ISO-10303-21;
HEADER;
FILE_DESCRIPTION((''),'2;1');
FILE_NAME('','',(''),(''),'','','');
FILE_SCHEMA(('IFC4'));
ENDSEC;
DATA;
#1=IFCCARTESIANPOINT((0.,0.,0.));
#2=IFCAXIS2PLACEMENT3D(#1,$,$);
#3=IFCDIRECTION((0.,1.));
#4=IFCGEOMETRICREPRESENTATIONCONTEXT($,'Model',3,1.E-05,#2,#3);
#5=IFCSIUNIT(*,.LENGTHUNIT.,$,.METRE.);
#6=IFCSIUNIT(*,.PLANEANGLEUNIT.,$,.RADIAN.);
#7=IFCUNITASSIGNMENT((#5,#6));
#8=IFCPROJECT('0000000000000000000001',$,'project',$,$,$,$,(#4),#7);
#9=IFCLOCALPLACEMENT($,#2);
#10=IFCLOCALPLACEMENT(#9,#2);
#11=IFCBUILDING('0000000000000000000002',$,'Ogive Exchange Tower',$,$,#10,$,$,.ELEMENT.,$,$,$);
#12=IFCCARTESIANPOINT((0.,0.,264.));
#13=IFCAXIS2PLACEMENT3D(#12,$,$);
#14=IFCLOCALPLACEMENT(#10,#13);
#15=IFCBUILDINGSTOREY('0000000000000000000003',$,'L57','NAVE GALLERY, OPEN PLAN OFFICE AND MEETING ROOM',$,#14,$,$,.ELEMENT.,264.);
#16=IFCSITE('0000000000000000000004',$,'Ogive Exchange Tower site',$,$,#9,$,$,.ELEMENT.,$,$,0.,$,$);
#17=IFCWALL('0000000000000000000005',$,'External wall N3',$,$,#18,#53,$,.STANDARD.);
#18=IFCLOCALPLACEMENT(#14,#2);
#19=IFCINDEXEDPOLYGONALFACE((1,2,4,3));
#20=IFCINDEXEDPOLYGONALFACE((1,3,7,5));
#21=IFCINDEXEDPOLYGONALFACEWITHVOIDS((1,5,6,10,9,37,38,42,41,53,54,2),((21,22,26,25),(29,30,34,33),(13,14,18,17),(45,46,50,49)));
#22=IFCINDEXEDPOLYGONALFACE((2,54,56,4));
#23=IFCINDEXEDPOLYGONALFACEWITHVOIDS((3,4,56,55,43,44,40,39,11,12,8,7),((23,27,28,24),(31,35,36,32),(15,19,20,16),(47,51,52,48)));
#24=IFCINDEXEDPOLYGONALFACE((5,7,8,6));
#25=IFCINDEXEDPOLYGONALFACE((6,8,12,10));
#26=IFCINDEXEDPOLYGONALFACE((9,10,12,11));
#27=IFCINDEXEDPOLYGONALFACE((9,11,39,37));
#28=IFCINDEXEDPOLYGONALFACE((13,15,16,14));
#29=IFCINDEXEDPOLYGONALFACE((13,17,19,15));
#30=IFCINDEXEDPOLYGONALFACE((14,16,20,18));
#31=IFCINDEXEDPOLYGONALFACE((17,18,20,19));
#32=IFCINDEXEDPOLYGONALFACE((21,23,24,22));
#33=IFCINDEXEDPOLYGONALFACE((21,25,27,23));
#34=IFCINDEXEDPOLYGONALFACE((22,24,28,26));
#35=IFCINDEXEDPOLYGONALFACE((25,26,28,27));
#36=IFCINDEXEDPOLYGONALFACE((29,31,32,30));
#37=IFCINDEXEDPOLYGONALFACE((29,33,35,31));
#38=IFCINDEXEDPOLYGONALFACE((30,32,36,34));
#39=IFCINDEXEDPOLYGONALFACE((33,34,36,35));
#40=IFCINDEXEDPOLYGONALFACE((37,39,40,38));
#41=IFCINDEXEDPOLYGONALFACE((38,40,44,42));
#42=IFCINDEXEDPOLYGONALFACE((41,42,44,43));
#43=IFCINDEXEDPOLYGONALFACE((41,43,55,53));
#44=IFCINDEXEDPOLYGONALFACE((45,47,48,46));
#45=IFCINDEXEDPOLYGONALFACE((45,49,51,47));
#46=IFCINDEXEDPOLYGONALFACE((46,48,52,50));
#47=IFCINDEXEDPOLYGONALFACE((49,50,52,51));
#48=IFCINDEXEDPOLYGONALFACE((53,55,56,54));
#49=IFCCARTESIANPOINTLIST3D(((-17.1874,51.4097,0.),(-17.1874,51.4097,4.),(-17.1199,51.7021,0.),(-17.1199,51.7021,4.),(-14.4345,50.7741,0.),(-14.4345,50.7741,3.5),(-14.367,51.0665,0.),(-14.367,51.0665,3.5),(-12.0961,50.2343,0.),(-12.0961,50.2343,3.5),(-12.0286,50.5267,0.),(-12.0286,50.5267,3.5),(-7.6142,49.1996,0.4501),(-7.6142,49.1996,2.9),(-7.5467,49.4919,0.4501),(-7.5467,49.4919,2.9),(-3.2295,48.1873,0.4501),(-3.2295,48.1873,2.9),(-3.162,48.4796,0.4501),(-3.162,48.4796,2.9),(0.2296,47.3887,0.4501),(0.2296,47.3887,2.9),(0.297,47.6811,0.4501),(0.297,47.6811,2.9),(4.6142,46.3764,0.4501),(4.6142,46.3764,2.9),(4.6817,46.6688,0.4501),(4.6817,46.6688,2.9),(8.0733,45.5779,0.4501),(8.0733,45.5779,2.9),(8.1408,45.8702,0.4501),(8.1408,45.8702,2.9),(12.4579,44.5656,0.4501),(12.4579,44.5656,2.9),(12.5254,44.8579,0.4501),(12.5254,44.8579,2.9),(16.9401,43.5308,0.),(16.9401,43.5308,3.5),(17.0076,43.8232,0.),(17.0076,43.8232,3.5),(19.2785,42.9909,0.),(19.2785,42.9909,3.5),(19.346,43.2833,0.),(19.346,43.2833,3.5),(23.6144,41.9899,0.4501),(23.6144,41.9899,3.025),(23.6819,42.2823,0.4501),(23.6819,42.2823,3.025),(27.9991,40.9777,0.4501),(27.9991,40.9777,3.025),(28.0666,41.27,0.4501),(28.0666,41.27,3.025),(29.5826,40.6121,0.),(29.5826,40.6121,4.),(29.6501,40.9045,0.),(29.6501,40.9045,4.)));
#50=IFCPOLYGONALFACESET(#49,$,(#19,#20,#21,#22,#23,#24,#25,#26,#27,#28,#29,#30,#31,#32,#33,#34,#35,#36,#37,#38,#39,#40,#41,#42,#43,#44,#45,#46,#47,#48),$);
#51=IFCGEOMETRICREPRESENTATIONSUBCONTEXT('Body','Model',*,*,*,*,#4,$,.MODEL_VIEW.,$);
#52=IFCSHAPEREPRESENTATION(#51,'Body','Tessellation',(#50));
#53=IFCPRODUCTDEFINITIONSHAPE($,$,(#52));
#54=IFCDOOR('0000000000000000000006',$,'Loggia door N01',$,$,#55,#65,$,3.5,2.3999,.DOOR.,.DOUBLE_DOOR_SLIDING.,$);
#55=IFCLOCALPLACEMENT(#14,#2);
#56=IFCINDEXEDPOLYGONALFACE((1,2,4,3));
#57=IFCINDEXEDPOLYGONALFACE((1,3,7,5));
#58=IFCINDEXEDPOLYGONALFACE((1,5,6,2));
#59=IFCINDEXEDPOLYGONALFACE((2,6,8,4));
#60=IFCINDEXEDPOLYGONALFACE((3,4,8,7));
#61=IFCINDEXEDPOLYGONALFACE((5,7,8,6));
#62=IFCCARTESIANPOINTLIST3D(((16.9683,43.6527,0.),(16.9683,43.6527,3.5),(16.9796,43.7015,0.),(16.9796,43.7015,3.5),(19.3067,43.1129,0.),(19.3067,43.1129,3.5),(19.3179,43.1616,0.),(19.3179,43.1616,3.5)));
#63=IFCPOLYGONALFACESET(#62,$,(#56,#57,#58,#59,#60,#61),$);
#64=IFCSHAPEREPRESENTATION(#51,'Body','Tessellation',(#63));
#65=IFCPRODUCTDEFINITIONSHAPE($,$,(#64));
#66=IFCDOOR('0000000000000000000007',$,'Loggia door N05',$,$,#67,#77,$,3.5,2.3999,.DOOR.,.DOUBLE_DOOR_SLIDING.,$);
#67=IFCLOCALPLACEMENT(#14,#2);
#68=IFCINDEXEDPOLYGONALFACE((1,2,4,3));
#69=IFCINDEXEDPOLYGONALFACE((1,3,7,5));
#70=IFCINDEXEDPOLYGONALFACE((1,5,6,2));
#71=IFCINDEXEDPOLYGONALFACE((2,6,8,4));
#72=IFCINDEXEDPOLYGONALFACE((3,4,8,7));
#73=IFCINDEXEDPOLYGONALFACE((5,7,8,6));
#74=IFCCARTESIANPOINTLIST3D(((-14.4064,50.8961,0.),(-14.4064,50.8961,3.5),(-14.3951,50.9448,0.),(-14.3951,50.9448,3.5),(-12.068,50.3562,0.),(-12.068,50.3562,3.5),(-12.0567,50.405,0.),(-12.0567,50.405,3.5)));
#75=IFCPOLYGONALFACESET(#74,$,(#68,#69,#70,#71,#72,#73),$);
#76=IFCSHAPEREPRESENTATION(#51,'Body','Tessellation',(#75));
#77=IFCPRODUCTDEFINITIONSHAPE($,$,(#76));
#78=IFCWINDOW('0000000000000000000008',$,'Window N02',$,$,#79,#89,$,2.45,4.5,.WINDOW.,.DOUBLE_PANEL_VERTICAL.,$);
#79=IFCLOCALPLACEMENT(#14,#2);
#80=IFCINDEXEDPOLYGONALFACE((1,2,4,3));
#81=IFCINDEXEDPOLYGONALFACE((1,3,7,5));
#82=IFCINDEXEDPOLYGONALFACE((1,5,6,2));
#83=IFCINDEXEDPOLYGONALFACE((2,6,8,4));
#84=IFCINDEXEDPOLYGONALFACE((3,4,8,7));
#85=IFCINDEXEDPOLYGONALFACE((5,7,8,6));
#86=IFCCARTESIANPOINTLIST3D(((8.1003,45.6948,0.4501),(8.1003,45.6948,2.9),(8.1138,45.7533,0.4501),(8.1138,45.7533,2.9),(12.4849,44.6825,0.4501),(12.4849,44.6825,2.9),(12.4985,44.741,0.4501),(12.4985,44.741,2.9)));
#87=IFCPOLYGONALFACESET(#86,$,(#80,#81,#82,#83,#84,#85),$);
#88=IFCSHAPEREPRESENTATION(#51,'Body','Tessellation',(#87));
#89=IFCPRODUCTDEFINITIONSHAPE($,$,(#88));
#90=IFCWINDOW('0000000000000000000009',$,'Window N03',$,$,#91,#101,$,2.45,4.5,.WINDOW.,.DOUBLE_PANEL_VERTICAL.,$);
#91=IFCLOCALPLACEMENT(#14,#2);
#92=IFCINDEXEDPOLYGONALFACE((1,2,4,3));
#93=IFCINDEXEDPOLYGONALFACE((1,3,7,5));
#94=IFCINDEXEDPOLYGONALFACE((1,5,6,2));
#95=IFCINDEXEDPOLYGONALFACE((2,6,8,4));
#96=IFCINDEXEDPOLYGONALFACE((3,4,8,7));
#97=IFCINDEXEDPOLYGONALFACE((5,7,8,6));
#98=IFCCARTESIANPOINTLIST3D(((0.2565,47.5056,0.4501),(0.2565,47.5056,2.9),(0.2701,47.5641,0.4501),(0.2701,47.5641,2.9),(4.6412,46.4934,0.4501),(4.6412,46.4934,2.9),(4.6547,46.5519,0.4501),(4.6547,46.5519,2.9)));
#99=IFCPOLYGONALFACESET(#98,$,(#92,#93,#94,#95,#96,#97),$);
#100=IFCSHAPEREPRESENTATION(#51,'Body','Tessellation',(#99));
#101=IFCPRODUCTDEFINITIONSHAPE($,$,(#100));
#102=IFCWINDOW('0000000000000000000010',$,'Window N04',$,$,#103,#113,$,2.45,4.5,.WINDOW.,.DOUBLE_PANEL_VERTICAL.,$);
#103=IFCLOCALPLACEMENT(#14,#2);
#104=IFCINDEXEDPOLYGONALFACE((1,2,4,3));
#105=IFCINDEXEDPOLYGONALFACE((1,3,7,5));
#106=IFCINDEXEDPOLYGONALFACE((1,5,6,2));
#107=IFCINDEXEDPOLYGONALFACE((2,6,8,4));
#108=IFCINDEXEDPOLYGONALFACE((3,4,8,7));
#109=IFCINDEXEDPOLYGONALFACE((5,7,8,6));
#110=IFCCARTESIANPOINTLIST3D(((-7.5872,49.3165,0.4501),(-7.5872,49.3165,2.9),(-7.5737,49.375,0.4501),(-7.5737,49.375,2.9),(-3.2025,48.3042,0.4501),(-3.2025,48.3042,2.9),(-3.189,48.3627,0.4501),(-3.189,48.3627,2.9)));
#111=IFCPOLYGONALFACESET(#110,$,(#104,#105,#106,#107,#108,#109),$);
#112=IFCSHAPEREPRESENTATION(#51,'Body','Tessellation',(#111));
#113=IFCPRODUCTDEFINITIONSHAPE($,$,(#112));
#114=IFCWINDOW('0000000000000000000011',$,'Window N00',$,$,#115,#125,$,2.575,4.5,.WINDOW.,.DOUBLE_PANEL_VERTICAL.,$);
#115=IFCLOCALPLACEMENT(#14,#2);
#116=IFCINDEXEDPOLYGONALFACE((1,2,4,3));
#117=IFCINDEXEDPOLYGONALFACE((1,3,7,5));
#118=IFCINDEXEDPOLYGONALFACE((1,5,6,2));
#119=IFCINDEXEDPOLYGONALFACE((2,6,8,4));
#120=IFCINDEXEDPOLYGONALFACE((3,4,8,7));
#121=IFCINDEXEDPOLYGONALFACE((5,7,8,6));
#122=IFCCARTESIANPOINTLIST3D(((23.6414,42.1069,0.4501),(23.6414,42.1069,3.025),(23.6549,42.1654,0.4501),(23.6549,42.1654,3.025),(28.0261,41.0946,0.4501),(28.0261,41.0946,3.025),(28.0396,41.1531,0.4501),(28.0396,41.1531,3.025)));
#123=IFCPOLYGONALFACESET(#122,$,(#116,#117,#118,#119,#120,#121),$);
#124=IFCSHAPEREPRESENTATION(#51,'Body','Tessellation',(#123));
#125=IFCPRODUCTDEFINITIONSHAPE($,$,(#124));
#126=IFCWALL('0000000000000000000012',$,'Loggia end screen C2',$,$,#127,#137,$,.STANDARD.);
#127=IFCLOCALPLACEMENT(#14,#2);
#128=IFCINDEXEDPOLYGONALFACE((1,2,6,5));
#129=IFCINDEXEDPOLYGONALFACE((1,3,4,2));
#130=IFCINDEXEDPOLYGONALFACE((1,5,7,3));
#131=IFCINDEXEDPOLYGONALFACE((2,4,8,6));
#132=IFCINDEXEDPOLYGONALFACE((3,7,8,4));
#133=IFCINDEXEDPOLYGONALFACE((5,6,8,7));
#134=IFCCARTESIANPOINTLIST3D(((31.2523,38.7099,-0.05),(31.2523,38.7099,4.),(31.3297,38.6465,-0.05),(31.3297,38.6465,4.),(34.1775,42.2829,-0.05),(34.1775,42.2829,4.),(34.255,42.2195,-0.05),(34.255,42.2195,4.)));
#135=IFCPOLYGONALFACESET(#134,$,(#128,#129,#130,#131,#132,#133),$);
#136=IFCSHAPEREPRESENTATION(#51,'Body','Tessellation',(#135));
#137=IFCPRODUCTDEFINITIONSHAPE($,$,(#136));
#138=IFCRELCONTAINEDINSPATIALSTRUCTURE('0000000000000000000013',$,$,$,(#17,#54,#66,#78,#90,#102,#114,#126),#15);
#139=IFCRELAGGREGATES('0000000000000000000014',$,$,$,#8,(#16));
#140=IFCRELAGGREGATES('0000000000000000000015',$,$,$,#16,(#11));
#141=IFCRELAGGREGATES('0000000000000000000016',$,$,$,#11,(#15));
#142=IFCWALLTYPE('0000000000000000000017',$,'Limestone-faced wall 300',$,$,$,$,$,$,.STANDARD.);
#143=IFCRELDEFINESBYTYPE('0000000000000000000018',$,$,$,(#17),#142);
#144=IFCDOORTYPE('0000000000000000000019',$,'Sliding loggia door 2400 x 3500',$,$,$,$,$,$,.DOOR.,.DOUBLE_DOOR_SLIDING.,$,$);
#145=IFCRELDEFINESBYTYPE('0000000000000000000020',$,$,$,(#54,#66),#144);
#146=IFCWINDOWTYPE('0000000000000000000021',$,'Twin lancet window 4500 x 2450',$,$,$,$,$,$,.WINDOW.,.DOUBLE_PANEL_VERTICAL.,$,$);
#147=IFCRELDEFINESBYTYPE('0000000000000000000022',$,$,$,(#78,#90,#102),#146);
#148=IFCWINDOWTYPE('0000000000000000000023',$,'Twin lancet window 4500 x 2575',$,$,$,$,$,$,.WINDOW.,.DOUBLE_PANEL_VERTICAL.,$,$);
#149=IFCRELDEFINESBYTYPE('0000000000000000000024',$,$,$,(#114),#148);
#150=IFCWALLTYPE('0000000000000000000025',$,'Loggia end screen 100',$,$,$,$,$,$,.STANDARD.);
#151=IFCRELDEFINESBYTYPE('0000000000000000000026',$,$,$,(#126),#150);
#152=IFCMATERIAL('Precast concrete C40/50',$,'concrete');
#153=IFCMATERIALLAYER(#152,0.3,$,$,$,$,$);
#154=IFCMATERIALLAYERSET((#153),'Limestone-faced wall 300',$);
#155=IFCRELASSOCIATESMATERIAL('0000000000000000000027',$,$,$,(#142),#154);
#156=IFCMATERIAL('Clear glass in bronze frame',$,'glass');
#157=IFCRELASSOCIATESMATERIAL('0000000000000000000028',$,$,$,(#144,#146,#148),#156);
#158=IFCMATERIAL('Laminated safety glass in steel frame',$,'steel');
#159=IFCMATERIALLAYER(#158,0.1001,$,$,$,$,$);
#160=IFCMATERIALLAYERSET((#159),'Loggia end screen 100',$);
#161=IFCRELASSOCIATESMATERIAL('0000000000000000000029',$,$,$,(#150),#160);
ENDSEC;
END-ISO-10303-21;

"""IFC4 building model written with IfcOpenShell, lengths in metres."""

from ifc_helpers import new_model, si_unit, direction, frame, frame_2d, origin, place, context, subcontext, project, spatial, rectangle, extrude, material, layer, layer_set, type_object, element, fill, save


model = new_model("IFC4")

# Units and contexts
model_context = context("Model", 3, precision=1e-05, world=origin(), true_north=direction((0.0, 1.0)))
body_context = subcontext(model_context, "Body", "Model", "MODEL_VIEW")
ifc_project = project(units=[si_unit("LENGTHUNIT", "METRE"), si_unit("PLANEANGLEUNIT", "RADIAN")], contexts=[model_context])

# Site, building, storey
site_placement = place(None, origin())
site = spatial("IfcSite", under=ifc_project, at=site_placement, Name="Ogive Exchange Tower site", CompositionType="ELEMENT", RefElevation=0.0)
building_placement = place(site_placement, origin())
building = spatial("IfcBuilding", under=site, at=building_placement, Name="Ogive Exchange Tower", CompositionType="ELEMENT")
storey_placement = place(building_placement, frame((0.0, 0.0, 264.0)))
storey = spatial("IfcBuildingStorey", under=building, at=storey_placement, Name="L57", Description="NAVE GALLERY, OPEN PLAN OFFICE AND MEETING ROOM", CompositionType="ELEMENT", Elevation=264.0)

# Wall, openings, doors, windows
ifc_material_1 = material(Name="Precast concrete C40/50", Category="concrete")
ifc_layer_1 = layer(ifc_material_1, 0.3)
ifc_layer_set_1 = layer_set([ifc_layer_1], Name="Limestone-faced wall 300")
wall_type_1 = type_object("IfcWallType", Name="Limestone-faced wall 300", PredefinedType="STANDARD", material=ifc_layer_set_1)
wall_1_placement = place(storey_placement, frame((29.6162, 40.7583, 0.0), z_axis=(0.0, 0.0, 1.0), x_axis=(-0.974371, 0.224949, 0.0)))
wall_1 = element("IfcWall", 1, at=wall_1_placement, inside=storey, type_object=wall_type_1, Name="External wall N3", PredefinedType="STANDARD", context=body_context, shape_type="SweptSolid", body=[
    extrude(rectangle(XDim=48.0002, YDim=0.3, at=frame_2d((24.0, 0.0))), origin(), (0.0, 0.0, 1.0), 4.0),
])
opening_1_placement = place(wall_1_placement, frame((1.625, 0.0, 0.45)))
opening_1 = element("IfcOpeningElement", 2, at=opening_1_placement, cuts=wall_1, PredefinedType="OPENING", context=body_context, shape_type="SweptSolid", body=[
    extrude(rectangle(XDim=4.5, YDim=2.575, at=frame_2d((2.25, 1.2876))), frame((0.0, 0.1599, 0.0), z_axis=(0.0, -1.0, 0.0), x_axis=(1.0, 0.0, 0.0)), (0.0, 0.0, 1.0), 0.3201),
])
opening_2_placement = place(wall_1_placement, frame((10.575, 0.0, 0.0)))
opening_2 = element("IfcOpeningElement", 3, at=opening_2_placement, cuts=wall_1, PredefinedType="OPENING", context=body_context, shape_type="SweptSolid", body=[
    extrude(rectangle(XDim=2.3999, YDim=3.5, at=frame_2d((1.2, 1.75))), frame((0.0, 0.1599, 0.0), z_axis=(0.0, -1.0, 0.0), x_axis=(1.0, 0.0, 0.0)), (0.0, 0.0, 1.0), 0.3201),
])
opening_3_placement = place(wall_1_placement, frame((17.575, 0.0, 0.45)))
opening_3 = element("IfcOpeningElement", 4, at=opening_3_placement, cuts=wall_1, PredefinedType="OPENING", context=body_context, shape_type="SweptSolid", body=[
    extrude(rectangle(XDim=4.5, YDim=2.45, at=frame_2d((2.25, 1.2251))), frame((0.0, 0.1599, 0.0), z_axis=(0.0, -1.0, 0.0), x_axis=(1.0, 0.0, 0.0)), (0.0, 0.0, 1.0), 0.3201),
])
opening_4_placement = place(wall_1_placement, frame((25.625, 0.0, 0.45)))
opening_4 = element("IfcOpeningElement", 5, at=opening_4_placement, cuts=wall_1, PredefinedType="OPENING", context=body_context, shape_type="SweptSolid", body=[
    extrude(rectangle(XDim=4.5, YDim=2.45, at=frame_2d((2.25, 1.2251))), frame((0.0, 0.1599, 0.0), z_axis=(0.0, -1.0, 0.0), x_axis=(1.0, 0.0, 0.0)), (0.0, 0.0, 1.0), 0.3201),
])
opening_5_placement = place(wall_1_placement, frame((33.675, 0.0, 0.45)))
opening_5 = element("IfcOpeningElement", 6, at=opening_5_placement, cuts=wall_1, PredefinedType="OPENING", context=body_context, shape_type="SweptSolid", body=[
    extrude(rectangle(XDim=4.5, YDim=2.45, at=frame_2d((2.25, 1.2251))), frame((0.0, 0.1599, 0.0), z_axis=(0.0, -1.0, 0.0), x_axis=(1.0, 0.0, 0.0)), (0.0, 0.0, 1.0), 0.3201),
])
opening_6_placement = place(wall_1_placement, frame((42.7749, 0.0, 0.0)))
opening_6 = element("IfcOpeningElement", 7, at=opening_6_placement, cuts=wall_1, PredefinedType="OPENING", context=body_context, shape_type="SweptSolid", body=[
    extrude(rectangle(XDim=2.3999, YDim=3.5, at=frame_2d((1.2, 1.75))), frame((0.0, 0.1599, 0.0), z_axis=(0.0, -1.0, 0.0), x_axis=(1.0, 0.0, 0.0)), (0.0, 0.0, 1.0), 0.3201),
])
ifc_material_2 = material(Name="Clear glass in bronze frame", Category="glass")
door_type_1 = type_object("IfcDoorType", Name="Sliding loggia door 2400 x 3500", OperationType="DOUBLE_DOOR_SLIDING", PredefinedType="DOOR", material=ifc_material_2)
door_1_placement = place(opening_2_placement, origin())
door_1 = element("IfcDoor", 8, at=door_1_placement, inside=storey, type_object=door_type_1, Name="Loggia door N01", OperationType="DOUBLE_DOOR_SLIDING", OverallHeight=3.5, OverallWidth=2.3999, PredefinedType="DOOR", context=body_context, shape_type="SweptSolid", body=[
    extrude(rectangle(XDim=2.3999, YDim=3.5, at=frame_2d((1.2, 1.75))), frame((0.0, 0.0249, 0.0), z_axis=(0.0, -1.0, 0.0), x_axis=(1.0, 0.0, 0.0)), (0.0, 0.0, 1.0), 0.05),
])
fill(opening_2, door_1)
door_2_placement = place(opening_6_placement, origin())
door_2 = element("IfcDoor", 9, at=door_2_placement, inside=storey, type_object=door_type_1, Name="Loggia door N05", OperationType="DOUBLE_DOOR_SLIDING", OverallHeight=3.5, OverallWidth=2.3999, PredefinedType="DOOR", context=body_context, shape_type="SweptSolid", body=[
    extrude(rectangle(XDim=2.3999, YDim=3.5, at=frame_2d((1.2, 1.75))), frame((0.0, 0.0249, 0.0), z_axis=(0.0, -1.0, 0.0), x_axis=(1.0, 0.0, 0.0)), (0.0, 0.0, 1.0), 0.05),
])
fill(opening_6, door_2)
window_type_1 = type_object("IfcWindowType", Name="Twin lancet window 4500 x 2450", PartitioningType="DOUBLE_PANEL_VERTICAL", PredefinedType="WINDOW", material=ifc_material_2)
window_1_placement = place(opening_3_placement, origin())
window_1 = element("IfcWindow", 10, at=window_1_placement, inside=storey, type_object=window_type_1, Name="Window N02", OverallHeight=2.45, OverallWidth=4.5, PartitioningType="DOUBLE_PANEL_VERTICAL", PredefinedType="WINDOW", context=body_context, shape_type="SweptSolid", body=[
    extrude(rectangle(XDim=4.5, YDim=2.45, at=frame_2d((2.25, 1.2251))), frame((0.0, 0.03, 0.0), z_axis=(0.0, -1.0, 0.0), x_axis=(1.0, 0.0, 0.0)), (0.0, 0.0, 1.0), 0.0601),
])
fill(opening_3, window_1)
window_2_placement = place(opening_4_placement, origin())
window_2 = element("IfcWindow", 11, at=window_2_placement, inside=storey, type_object=window_type_1, Name="Window N03", OverallHeight=2.45, OverallWidth=4.5, PartitioningType="DOUBLE_PANEL_VERTICAL", PredefinedType="WINDOW", context=body_context, shape_type="SweptSolid", body=[
    extrude(rectangle(XDim=4.5, YDim=2.45, at=frame_2d((2.25, 1.2251))), frame((0.0, 0.03, 0.0), z_axis=(0.0, -1.0, 0.0), x_axis=(1.0, 0.0, 0.0)), (0.0, 0.0, 1.0), 0.0601),
])
fill(opening_4, window_2)
window_3_placement = place(opening_5_placement, origin())
window_3 = element("IfcWindow", 12, at=window_3_placement, inside=storey, type_object=window_type_1, Name="Window N04", OverallHeight=2.45, OverallWidth=4.5, PartitioningType="DOUBLE_PANEL_VERTICAL", PredefinedType="WINDOW", context=body_context, shape_type="SweptSolid", body=[
    extrude(rectangle(XDim=4.5, YDim=2.45, at=frame_2d((2.25, 1.2251))), frame((0.0, 0.03, 0.0), z_axis=(0.0, -1.0, 0.0), x_axis=(1.0, 0.0, 0.0)), (0.0, 0.0, 1.0), 0.0601),
])
fill(opening_5, window_3)
window_type_2 = type_object("IfcWindowType", Name="Twin lancet window 4500 x 2575", PartitioningType="DOUBLE_PANEL_VERTICAL", PredefinedType="WINDOW", material=ifc_material_2)
window_4_placement = place(opening_1_placement, origin())
window_4 = element("IfcWindow", 13, at=window_4_placement, inside=storey, type_object=window_type_2, Name="Window N00", OverallHeight=2.575, OverallWidth=4.5, PartitioningType="DOUBLE_PANEL_VERTICAL", PredefinedType="WINDOW", context=body_context, shape_type="SweptSolid", body=[
    extrude(rectangle(XDim=4.5, YDim=2.575, at=frame_2d((2.25, 1.2876))), frame((0.0, 0.03, 0.0), z_axis=(0.0, -1.0, 0.0), x_axis=(1.0, 0.0, 0.0)), (0.0, 0.0, 1.0), 0.0601),
])
fill(opening_1, window_4)

# Wall
ifc_material_3 = material(Name="Laminated safety glass in steel frame", Category="steel")
ifc_layer_2 = layer(ifc_material_3, 0.1001)
ifc_layer_set_2 = layer_set([ifc_layer_2], Name="Loggia end screen 100")
wall_type_2 = type_object("IfcWallType", Name="Loggia end screen 100", PredefinedType="STANDARD", material=ifc_layer_set_2)
wall_2_placement = place(storey_placement, frame((31.291, 38.6782, -0.05), z_axis=(0.0, 0.0, 1.0), x_axis=(0.633488, 0.773752, 0.0)))
element("IfcWall", 14, at=wall_2_placement, inside=storey, type_object=wall_type_2, Name="Loggia end screen C2", PredefinedType="STANDARD", context=body_context, shape_type="SweptSolid", body=[
    extrude(rectangle(XDim=4.6177, YDim=0.1001, at=frame_2d((2.3088, 0.0))), origin(), (0.0, 0.0, 1.0), 4.05),
])

save(model, "model.ifc")
